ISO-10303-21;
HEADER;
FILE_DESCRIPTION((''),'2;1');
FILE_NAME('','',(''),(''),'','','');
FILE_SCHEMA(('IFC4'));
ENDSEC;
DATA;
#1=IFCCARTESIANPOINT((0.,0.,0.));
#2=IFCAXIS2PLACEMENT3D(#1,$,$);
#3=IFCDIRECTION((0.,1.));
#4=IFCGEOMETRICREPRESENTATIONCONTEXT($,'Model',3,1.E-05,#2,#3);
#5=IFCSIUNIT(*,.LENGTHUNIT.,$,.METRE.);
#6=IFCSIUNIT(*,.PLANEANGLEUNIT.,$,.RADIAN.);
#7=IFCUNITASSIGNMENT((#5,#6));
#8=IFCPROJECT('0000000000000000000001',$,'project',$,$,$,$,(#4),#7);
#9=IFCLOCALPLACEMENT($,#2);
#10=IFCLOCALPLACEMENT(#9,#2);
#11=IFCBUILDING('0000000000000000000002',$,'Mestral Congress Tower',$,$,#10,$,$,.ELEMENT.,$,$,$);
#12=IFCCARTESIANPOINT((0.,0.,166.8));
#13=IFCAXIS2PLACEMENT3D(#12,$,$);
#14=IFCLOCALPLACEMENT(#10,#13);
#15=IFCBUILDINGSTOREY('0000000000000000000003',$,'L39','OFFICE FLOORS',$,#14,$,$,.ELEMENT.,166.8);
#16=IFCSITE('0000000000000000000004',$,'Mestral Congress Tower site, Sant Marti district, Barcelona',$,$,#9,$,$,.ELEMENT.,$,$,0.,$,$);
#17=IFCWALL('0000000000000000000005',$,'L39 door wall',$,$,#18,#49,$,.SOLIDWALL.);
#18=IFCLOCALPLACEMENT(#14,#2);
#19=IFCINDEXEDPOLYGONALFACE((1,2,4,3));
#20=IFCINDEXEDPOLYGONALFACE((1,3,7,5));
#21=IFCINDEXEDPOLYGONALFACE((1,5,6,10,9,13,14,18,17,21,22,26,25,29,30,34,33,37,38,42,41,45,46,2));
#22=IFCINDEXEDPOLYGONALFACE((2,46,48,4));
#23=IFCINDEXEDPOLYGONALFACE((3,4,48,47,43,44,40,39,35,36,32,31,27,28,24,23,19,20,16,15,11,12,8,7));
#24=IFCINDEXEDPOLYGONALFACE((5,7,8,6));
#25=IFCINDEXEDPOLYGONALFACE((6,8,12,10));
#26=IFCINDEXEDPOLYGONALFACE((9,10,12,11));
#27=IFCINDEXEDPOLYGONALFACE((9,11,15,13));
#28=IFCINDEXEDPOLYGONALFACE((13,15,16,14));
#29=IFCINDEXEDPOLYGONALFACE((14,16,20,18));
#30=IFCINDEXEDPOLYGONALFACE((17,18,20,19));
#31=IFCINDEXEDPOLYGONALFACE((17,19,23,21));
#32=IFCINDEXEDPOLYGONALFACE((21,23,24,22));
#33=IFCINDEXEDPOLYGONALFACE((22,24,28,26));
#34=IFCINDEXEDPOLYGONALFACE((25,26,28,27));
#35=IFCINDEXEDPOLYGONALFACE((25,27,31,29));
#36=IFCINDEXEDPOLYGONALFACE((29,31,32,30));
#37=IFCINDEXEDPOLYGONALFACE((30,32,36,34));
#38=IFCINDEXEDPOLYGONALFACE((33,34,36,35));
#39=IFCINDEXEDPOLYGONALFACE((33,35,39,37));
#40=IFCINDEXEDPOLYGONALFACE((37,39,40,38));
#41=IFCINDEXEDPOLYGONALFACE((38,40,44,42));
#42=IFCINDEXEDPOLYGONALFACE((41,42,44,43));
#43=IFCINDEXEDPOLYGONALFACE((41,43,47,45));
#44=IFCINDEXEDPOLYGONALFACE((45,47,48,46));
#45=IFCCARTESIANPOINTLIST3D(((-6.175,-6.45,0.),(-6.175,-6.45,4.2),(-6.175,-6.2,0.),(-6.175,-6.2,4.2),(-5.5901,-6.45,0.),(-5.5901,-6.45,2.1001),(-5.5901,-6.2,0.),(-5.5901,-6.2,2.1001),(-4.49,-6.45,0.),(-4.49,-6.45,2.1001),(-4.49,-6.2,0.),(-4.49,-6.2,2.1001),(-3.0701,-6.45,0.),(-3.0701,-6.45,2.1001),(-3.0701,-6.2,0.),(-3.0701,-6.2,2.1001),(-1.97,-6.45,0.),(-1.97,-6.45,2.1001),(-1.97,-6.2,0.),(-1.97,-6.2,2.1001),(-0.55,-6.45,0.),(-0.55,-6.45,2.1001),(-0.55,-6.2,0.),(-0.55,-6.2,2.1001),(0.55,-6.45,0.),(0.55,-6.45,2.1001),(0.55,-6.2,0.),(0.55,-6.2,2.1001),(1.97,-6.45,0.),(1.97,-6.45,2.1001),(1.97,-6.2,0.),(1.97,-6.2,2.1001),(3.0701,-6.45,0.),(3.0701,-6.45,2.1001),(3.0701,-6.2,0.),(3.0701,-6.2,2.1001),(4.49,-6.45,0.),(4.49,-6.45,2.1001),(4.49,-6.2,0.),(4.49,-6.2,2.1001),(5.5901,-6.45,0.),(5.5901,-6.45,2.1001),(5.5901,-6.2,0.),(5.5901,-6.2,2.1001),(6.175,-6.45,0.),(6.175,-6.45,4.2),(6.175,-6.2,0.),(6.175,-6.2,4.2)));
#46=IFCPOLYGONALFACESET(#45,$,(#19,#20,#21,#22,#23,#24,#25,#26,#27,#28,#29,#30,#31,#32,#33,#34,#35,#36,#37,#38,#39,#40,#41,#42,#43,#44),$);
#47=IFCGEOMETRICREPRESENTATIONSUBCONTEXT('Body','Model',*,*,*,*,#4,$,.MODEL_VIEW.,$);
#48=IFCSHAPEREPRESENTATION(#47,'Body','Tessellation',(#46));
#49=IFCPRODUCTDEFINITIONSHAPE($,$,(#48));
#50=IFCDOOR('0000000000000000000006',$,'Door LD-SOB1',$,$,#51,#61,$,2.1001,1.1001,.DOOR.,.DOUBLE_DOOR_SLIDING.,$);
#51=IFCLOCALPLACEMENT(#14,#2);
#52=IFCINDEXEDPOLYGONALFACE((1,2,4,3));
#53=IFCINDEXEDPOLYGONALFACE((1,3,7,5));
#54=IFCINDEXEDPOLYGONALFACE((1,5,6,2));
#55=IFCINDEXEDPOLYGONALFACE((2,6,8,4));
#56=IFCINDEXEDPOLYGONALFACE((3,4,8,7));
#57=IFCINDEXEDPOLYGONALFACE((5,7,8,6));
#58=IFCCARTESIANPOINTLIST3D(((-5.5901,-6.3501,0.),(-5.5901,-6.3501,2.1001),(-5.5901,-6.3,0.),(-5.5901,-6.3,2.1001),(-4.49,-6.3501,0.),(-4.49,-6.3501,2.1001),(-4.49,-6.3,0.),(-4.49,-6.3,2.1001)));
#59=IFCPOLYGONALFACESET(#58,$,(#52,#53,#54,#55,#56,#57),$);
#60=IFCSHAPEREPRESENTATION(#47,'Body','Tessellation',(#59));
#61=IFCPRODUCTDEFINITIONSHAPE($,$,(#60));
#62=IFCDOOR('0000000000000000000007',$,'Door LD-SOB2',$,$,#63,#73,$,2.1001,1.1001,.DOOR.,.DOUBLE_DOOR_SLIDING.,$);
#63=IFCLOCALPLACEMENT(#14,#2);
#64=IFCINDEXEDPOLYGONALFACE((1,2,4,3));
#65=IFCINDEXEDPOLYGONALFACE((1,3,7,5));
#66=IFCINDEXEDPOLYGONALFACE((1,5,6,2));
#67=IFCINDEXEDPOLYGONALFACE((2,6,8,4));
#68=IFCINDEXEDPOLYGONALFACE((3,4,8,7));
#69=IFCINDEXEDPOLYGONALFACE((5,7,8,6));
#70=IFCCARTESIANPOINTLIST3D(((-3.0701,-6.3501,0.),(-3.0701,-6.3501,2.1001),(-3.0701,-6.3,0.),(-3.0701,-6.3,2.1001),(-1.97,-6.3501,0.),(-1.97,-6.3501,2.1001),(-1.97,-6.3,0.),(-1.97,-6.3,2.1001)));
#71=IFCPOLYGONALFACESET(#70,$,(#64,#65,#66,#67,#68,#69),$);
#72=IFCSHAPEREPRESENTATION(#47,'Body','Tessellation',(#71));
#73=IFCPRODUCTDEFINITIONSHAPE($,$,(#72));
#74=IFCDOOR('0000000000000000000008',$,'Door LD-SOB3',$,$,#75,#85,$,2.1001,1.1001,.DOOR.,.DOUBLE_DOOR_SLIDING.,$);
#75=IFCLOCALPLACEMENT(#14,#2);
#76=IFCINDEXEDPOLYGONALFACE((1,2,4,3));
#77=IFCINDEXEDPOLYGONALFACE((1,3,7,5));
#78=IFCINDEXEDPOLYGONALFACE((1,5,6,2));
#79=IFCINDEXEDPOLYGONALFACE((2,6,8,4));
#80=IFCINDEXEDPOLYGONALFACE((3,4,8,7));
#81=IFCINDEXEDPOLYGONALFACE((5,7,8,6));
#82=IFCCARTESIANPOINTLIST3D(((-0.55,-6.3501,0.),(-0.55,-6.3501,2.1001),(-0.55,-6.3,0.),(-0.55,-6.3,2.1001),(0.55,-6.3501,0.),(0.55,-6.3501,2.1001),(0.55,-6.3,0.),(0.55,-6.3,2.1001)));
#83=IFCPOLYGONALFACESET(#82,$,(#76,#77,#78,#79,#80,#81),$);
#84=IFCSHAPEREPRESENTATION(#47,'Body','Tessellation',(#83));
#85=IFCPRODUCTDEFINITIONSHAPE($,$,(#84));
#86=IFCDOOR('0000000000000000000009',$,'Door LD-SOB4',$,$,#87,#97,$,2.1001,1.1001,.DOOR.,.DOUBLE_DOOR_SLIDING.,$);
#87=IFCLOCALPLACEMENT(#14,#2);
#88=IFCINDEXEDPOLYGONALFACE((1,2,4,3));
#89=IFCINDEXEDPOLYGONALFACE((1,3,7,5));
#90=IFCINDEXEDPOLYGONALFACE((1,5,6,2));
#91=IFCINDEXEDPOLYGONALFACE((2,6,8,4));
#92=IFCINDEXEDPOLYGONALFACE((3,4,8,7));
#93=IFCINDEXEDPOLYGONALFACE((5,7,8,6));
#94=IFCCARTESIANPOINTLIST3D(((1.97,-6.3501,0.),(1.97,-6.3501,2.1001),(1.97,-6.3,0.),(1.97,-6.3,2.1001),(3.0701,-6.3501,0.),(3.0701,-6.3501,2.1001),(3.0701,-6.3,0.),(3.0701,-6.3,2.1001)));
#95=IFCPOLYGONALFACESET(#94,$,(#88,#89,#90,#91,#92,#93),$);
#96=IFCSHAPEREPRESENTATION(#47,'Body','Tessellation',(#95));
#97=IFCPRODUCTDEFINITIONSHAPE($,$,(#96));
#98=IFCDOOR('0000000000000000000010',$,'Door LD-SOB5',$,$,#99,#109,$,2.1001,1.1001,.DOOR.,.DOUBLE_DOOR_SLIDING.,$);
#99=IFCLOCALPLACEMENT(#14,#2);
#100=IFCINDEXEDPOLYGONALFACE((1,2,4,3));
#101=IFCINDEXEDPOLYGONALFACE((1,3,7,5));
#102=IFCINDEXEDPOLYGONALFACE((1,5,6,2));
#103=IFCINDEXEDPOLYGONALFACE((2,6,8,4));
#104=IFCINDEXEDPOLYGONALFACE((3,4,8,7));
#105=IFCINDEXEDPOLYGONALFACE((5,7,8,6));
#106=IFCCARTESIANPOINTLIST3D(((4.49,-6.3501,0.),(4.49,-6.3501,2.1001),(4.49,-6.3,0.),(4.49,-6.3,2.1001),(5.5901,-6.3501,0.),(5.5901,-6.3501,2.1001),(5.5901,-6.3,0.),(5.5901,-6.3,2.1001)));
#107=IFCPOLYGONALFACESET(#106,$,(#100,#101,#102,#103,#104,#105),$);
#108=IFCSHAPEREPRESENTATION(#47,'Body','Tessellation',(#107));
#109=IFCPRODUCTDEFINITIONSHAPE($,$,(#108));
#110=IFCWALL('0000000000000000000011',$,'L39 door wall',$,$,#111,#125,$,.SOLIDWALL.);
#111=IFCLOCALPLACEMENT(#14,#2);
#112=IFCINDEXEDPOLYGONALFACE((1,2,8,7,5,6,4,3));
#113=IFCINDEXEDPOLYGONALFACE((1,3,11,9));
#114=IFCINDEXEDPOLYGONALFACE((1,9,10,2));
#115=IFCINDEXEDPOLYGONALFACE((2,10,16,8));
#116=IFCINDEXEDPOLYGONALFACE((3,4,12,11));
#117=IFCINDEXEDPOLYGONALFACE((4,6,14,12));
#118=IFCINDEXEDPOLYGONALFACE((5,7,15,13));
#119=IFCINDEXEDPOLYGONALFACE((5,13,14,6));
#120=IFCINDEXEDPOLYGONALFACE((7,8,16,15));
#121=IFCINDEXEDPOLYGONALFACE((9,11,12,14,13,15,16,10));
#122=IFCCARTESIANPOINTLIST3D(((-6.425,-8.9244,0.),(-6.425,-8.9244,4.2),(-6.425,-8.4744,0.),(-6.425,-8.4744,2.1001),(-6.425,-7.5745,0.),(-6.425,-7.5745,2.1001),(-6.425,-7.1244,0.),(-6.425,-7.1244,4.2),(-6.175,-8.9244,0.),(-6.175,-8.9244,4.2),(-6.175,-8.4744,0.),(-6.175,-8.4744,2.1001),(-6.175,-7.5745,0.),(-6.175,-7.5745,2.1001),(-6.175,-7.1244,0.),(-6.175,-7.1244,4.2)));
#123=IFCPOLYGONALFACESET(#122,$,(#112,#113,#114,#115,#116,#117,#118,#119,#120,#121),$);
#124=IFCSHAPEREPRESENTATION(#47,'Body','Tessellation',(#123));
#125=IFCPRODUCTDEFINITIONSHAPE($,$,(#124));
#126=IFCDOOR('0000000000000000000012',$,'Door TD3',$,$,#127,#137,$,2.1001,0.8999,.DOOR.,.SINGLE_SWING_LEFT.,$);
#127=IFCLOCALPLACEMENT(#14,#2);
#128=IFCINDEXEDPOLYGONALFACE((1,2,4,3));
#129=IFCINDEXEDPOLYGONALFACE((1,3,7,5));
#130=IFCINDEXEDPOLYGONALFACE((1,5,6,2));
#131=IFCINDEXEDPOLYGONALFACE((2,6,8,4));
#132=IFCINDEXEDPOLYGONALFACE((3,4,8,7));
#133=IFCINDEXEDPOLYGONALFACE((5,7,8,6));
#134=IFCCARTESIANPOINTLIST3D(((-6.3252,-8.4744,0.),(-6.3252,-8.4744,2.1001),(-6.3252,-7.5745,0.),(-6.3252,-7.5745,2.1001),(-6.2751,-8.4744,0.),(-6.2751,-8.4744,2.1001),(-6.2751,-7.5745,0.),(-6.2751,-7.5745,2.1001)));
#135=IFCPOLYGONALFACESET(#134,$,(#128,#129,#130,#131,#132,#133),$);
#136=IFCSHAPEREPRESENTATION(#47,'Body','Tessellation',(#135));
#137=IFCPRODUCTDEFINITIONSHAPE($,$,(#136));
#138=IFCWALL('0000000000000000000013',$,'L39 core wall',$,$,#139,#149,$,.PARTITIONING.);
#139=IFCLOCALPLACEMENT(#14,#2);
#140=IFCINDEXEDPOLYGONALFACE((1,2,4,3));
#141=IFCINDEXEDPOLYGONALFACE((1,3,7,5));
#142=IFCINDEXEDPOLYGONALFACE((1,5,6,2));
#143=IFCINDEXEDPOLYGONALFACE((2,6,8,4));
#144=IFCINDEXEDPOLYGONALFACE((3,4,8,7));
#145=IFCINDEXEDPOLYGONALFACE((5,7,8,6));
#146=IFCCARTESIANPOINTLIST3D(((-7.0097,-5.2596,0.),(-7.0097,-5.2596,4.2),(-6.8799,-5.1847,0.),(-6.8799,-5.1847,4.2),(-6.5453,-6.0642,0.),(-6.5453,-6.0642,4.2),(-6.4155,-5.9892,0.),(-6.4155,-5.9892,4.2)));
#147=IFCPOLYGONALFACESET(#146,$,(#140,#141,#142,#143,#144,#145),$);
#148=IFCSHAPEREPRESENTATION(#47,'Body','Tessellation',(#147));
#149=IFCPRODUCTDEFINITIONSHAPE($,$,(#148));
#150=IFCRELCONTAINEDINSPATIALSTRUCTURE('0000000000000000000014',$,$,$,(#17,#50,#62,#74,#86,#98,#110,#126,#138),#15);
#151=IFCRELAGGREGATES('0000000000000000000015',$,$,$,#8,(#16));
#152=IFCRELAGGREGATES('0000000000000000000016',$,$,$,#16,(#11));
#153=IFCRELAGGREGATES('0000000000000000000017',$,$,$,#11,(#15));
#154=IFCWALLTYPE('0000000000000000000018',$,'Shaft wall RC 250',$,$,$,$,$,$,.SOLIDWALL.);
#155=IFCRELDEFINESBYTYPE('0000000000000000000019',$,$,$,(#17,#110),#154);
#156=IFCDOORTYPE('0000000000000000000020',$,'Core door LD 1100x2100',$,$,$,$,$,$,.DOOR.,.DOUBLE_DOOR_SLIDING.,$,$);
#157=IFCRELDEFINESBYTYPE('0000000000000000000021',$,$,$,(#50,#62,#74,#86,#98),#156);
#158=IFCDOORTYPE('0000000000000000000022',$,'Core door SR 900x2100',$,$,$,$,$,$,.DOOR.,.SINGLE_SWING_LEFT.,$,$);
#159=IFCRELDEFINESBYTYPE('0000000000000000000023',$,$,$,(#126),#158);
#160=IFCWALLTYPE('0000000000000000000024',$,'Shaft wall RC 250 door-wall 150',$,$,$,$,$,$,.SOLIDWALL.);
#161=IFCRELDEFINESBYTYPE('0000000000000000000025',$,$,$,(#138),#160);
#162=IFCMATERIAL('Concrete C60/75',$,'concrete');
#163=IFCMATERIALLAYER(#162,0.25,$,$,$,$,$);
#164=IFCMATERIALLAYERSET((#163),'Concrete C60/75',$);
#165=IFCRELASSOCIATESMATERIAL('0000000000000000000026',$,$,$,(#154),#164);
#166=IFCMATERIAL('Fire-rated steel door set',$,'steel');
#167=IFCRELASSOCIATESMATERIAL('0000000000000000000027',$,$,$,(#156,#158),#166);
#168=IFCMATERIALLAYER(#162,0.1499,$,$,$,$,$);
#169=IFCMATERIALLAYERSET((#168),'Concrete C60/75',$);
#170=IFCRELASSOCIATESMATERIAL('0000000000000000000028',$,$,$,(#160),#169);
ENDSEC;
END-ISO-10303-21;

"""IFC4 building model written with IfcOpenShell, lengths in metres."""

from ifc_helpers import new_model, si_unit, direction, frame, frame_2d, origin, place, context, subcontext, project, spatial, rectangle, extrude, material, layer, layer_set, type_object, element, fill, save


model = new_model("IFC4")

# Units and contexts
model_context = context("Model", 3, precision=1e-05, world=origin(), true_north=direction((0.0, 1.0)))
body_context = subcontext(model_context, "Body", "Model", "MODEL_VIEW")
ifc_project = project(units=[si_unit("LENGTHUNIT", "METRE"), si_unit("PLANEANGLEUNIT", "RADIAN")], contexts=[model_context])

# Site, building, storey
site_placement = place(None, origin())
site = spatial("IfcSite", under=ifc_project, at=site_placement, Name="Mestral Congress Tower site, Sant Marti district, Barcelona", CompositionType="ELEMENT", RefElevation=0.0)
building_placement = place(site_placement, origin())
building = spatial("IfcBuilding", under=site, at=building_placement, Name="Mestral Congress Tower", CompositionType="ELEMENT")
storey_placement = place(building_placement, frame((0.0, 0.0, 166.8)))
storey = spatial("IfcBuildingStorey", under=building, at=storey_placement, Name="L39", Description="OFFICE FLOORS", CompositionType="ELEMENT", Elevation=166.8)

# Shared definitions
ifc_material_1 = material(Name="Fire-rated steel door set", Category="steel")

# Shared definitions
ifc_material_2 = material(Name="Concrete C60/75", Category="concrete")
ifc_layer_1 = layer(ifc_material_2, 0.25)
ifc_layer_set_1 = layer_set([ifc_layer_1], Name="Concrete C60/75")
wall_type_1 = type_object("IfcWallType", Name="Shaft wall RC 250", PredefinedType="SOLIDWALL", material=ifc_layer_set_1)

# Wall, openings, doors
wall_1_placement = place(storey_placement, frame((-6.175, -6.325, 0.0), z_axis=(0.0, 0.0, 1.0), x_axis=(1.0, 0.0, 0.0)))
wall_1 = element("IfcWall", 1, at=wall_1_placement, inside=storey, type_object=wall_type_1, Name="L39 door wall", PredefinedType="SOLIDWALL", context=body_context, shape_type="SweptSolid", body=[
    extrude(rectangle(XDim=12.3501, YDim=0.25, at=frame_2d((6.175, 0.0))), origin(), (0.0, 0.0, 1.0), 4.2),
])
opening_1_placement = place(wall_1_placement, frame((0.585, 0.0, 0.0)))
opening_1 = element("IfcOpeningElement", 2, at=opening_1_placement, cuts=wall_1, PredefinedType="OPENING", context=body_context, shape_type="SweptSolid", body=[
    extrude(rectangle(XDim=1.1001, YDim=2.1001, at=frame_2d((0.55, 1.05))), frame((0.0, 0.135, 0.0), z_axis=(0.0, -1.0, 0.0), x_axis=(1.0, 0.0, 0.0)), (0.0, 0.0, 1.0), 0.27),
])
opening_2_placement = place(wall_1_placement, frame((3.105, 0.0, 0.0)))
opening_2 = element("IfcOpeningElement", 3, at=opening_2_placement, cuts=wall_1, PredefinedType="OPENING", context=body_context, shape_type="SweptSolid", body=[
    extrude(rectangle(XDim=1.1001, YDim=2.1001, at=frame_2d((0.55, 1.05))), frame((0.0, 0.135, 0.0), z_axis=(0.0, -1.0, 0.0), x_axis=(1.0, 0.0, 0.0)), (0.0, 0.0, 1.0), 0.27),
])
opening_3_placement = place(wall_1_placement, frame((5.625, 0.0, 0.0)))
opening_3 = element("IfcOpeningElement", 4, at=opening_3_placement, cuts=wall_1, PredefinedType="OPENING", context=body_context, shape_type="SweptSolid", body=[
    extrude(rectangle(XDim=1.1001, YDim=2.1001, at=frame_2d((0.55, 1.05))), frame((0.0, 0.135, 0.0), z_axis=(0.0, -1.0, 0.0), x_axis=(1.0, 0.0, 0.0)), (0.0, 0.0, 1.0), 0.27),
])
opening_4_placement = place(wall_1_placement, frame((8.145, 0.0, 0.0)))
opening_4 = element("IfcOpeningElement", 5, at=opening_4_placement, cuts=wall_1, PredefinedType="OPENING", context=body_context, shape_type="SweptSolid", body=[
    extrude(rectangle(XDim=1.1001, YDim=2.1001, at=frame_2d((0.55, 1.05))), frame((0.0, 0.135, 0.0), z_axis=(0.0, -1.0, 0.0), x_axis=(1.0, 0.0, 0.0)), (0.0, 0.0, 1.0), 0.27),
])
opening_5_placement = place(wall_1_placement, frame((10.665, 0.0, 0.0)))
opening_5 = element("IfcOpeningElement", 6, at=opening_5_placement, cuts=wall_1, PredefinedType="OPENING", context=body_context, shape_type="SweptSolid", body=[
    extrude(rectangle(XDim=1.1001, YDim=2.1001, at=frame_2d((0.55, 1.05))), frame((0.0, 0.135, 0.0), z_axis=(0.0, -1.0, 0.0), x_axis=(1.0, 0.0, 0.0)), (0.0, 0.0, 1.0), 0.27),
])
door_type_1 = type_object("IfcDoorType", Name="Core door LD 1100x2100", OperationType="DOUBLE_DOOR_SLIDING", PredefinedType="DOOR", material=ifc_material_1)
door_1_placement = place(opening_1_placement, origin())
door_1 = element("IfcDoor", 7, at=door_1_placement, inside=storey, type_object=door_type_1, Name="Door LD-SOB1", OperationType="DOUBLE_DOOR_SLIDING", OverallHeight=2.1001, OverallWidth=1.1001, PredefinedType="DOOR", context=body_context, shape_type="SweptSolid", body=[
    extrude(rectangle(XDim=1.1001, YDim=2.1001, at=frame_2d((0.55, 1.05))), frame((0.0, 0.0249, 0.0), z_axis=(0.0, -1.0, 0.0), x_axis=(1.0, 0.0, 0.0)), (0.0, 0.0, 1.0), 0.05),
])
fill(opening_1, door_1)
door_2_placement = place(opening_2_placement, origin())
door_2 = element("IfcDoor", 8, at=door_2_placement, inside=storey, type_object=door_type_1, Name="Door LD-SOB2", OperationType="DOUBLE_DOOR_SLIDING", OverallHeight=2.1001, OverallWidth=1.1001, PredefinedType="DOOR", context=body_context, shape_type="SweptSolid", body=[
    extrude(rectangle(XDim=1.1001, YDim=2.1001, at=frame_2d((0.55, 1.05))), frame((0.0, 0.0249, 0.0), z_axis=(0.0, -1.0, 0.0), x_axis=(1.0, 0.0, 0.0)), (0.0, 0.0, 1.0), 0.05),
])
fill(opening_2, door_2)
door_3_placement = place(opening_3_placement, origin())
door_3 = element("IfcDoor", 9, at=door_3_placement, inside=storey, type_object=door_type_1, Name="Door LD-SOB3", OperationType="DOUBLE_DOOR_SLIDING", OverallHeight=2.1001, OverallWidth=1.1001, PredefinedType="DOOR", context=body_context, shape_type="SweptSolid", body=[
    extrude(rectangle(XDim=1.1001, YDim=2.1001, at=frame_2d((0.55, 1.05))), frame((0.0, 0.0249, 0.0), z_axis=(0.0, -1.0, 0.0), x_axis=(1.0, 0.0, 0.0)), (0.0, 0.0, 1.0), 0.05),
])
fill(opening_3, door_3)
door_4_placement = place(opening_4_placement, origin())
door_4 = element("IfcDoor", 10, at=door_4_placement, inside=storey, type_object=door_type_1, Name="Door LD-SOB4", OperationType="DOUBLE_DOOR_SLIDING", OverallHeight=2.1001, OverallWidth=1.1001, PredefinedType="DOOR", context=body_context, shape_type="SweptSolid", body=[
    extrude(rectangle(XDim=1.1001, YDim=2.1001, at=frame_2d((0.55, 1.05))), frame((0.0, 0.0249, 0.0), z_axis=(0.0, -1.0, 0.0), x_axis=(1.0, 0.0, 0.0)), (0.0, 0.0, 1.0), 0.05),
])
fill(opening_4, door_4)
door_5_placement = place(opening_5_placement, origin())
door_5 = element("IfcDoor", 11, at=door_5_placement, inside=storey, type_object=door_type_1, Name="Door LD-SOB5", OperationType="DOUBLE_DOOR_SLIDING", OverallHeight=2.1001, OverallWidth=1.1001, PredefinedType="DOOR", context=body_context, shape_type="SweptSolid", body=[
    extrude(rectangle(XDim=1.1001, YDim=2.1001, at=frame_2d((0.55, 1.05))), frame((0.0, 0.0249, 0.0), z_axis=(0.0, -1.0, 0.0), x_axis=(1.0, 0.0, 0.0)), (0.0, 0.0, 1.0), 0.05),
])
fill(opening_5, door_5)

# Wall, opening, door
wall_2_placement = place(storey_placement, frame((-6.3, -7.1245, 0.0), z_axis=(0.0, 0.0, 1.0), x_axis=(0.0, -1.0, 0.0)))
wall_2 = element("IfcWall", 12, at=wall_2_placement, inside=storey, type_object=wall_type_1, Name="L39 door wall", PredefinedType="SOLIDWALL", context=body_context, shape_type="SweptSolid", body=[
    extrude(rectangle(XDim=1.8, YDim=0.25, at=frame_2d((0.8999, 0.0))), origin(), (0.0, 0.0, 1.0), 4.2),
])
opening_6_placement = place(wall_2_placement, frame((0.45, 0.0, 0.0)))
opening_6 = element("IfcOpeningElement", 13, at=opening_6_placement, cuts=wall_2, PredefinedType="OPENING", context=body_context, shape_type="SweptSolid", body=[
    extrude(rectangle(XDim=0.8999, YDim=2.1001, at=frame_2d((0.45, 1.05))), frame((0.0, 0.135, 0.0), z_axis=(0.0, -1.0, 0.0), x_axis=(1.0, 0.0, 0.0)), (0.0, 0.0, 1.0), 0.27),
])
door_type_2 = type_object("IfcDoorType", Name="Core door SR 900x2100", OperationType="SINGLE_SWING_LEFT", PredefinedType="DOOR", material=ifc_material_1)
door_6_placement = place(opening_6_placement, origin())
door_6 = element("IfcDoor", 14, at=door_6_placement, inside=storey, type_object=door_type_2, Name="Door TD3", OperationType="SINGLE_SWING_LEFT", OverallHeight=2.1001, OverallWidth=0.8999, PredefinedType="DOOR", context=body_context, shape_type="SweptSolid", body=[
    extrude(rectangle(XDim=0.8999, YDim=2.1001, at=frame_2d((0.45, 1.05))), frame((0.0, 0.0249, 0.0), z_axis=(0.0, -1.0, 0.0), x_axis=(1.0, 0.0, 0.0)), (0.0, 0.0, 1.0), 0.05),
])
fill(opening_6, door_6)

# Wall
ifc_layer_2 = layer(ifc_material_2, 0.1499)
ifc_layer_set_2 = layer_set([ifc_layer_2], Name="Concrete C60/75")
wall_type_2 = type_object("IfcWallType", Name="Shaft wall RC 250 door-wall 150", PredefinedType="SOLIDWALL", material=ifc_layer_set_2)
wall_3_placement = place(storey_placement, frame((-6.4805, -6.0266, 0.0), z_axis=(0.0, 0.0, 1.0), x_axis=(-0.499927, 0.866067, 0.0)))
element("IfcWall", 15, at=wall_3_placement, inside=storey, type_object=wall_type_2, Name="L39 core wall", PredefinedType="PARTITIONING", context=body_context, shape_type="SweptSolid", body=[
    extrude(rectangle(XDim=0.929, YDim=0.1499, at=frame_2d((0.4644, 0.0))), origin(), (0.0, 0.0, 1.0), 4.2),
])

save(model, "model.ifc")
